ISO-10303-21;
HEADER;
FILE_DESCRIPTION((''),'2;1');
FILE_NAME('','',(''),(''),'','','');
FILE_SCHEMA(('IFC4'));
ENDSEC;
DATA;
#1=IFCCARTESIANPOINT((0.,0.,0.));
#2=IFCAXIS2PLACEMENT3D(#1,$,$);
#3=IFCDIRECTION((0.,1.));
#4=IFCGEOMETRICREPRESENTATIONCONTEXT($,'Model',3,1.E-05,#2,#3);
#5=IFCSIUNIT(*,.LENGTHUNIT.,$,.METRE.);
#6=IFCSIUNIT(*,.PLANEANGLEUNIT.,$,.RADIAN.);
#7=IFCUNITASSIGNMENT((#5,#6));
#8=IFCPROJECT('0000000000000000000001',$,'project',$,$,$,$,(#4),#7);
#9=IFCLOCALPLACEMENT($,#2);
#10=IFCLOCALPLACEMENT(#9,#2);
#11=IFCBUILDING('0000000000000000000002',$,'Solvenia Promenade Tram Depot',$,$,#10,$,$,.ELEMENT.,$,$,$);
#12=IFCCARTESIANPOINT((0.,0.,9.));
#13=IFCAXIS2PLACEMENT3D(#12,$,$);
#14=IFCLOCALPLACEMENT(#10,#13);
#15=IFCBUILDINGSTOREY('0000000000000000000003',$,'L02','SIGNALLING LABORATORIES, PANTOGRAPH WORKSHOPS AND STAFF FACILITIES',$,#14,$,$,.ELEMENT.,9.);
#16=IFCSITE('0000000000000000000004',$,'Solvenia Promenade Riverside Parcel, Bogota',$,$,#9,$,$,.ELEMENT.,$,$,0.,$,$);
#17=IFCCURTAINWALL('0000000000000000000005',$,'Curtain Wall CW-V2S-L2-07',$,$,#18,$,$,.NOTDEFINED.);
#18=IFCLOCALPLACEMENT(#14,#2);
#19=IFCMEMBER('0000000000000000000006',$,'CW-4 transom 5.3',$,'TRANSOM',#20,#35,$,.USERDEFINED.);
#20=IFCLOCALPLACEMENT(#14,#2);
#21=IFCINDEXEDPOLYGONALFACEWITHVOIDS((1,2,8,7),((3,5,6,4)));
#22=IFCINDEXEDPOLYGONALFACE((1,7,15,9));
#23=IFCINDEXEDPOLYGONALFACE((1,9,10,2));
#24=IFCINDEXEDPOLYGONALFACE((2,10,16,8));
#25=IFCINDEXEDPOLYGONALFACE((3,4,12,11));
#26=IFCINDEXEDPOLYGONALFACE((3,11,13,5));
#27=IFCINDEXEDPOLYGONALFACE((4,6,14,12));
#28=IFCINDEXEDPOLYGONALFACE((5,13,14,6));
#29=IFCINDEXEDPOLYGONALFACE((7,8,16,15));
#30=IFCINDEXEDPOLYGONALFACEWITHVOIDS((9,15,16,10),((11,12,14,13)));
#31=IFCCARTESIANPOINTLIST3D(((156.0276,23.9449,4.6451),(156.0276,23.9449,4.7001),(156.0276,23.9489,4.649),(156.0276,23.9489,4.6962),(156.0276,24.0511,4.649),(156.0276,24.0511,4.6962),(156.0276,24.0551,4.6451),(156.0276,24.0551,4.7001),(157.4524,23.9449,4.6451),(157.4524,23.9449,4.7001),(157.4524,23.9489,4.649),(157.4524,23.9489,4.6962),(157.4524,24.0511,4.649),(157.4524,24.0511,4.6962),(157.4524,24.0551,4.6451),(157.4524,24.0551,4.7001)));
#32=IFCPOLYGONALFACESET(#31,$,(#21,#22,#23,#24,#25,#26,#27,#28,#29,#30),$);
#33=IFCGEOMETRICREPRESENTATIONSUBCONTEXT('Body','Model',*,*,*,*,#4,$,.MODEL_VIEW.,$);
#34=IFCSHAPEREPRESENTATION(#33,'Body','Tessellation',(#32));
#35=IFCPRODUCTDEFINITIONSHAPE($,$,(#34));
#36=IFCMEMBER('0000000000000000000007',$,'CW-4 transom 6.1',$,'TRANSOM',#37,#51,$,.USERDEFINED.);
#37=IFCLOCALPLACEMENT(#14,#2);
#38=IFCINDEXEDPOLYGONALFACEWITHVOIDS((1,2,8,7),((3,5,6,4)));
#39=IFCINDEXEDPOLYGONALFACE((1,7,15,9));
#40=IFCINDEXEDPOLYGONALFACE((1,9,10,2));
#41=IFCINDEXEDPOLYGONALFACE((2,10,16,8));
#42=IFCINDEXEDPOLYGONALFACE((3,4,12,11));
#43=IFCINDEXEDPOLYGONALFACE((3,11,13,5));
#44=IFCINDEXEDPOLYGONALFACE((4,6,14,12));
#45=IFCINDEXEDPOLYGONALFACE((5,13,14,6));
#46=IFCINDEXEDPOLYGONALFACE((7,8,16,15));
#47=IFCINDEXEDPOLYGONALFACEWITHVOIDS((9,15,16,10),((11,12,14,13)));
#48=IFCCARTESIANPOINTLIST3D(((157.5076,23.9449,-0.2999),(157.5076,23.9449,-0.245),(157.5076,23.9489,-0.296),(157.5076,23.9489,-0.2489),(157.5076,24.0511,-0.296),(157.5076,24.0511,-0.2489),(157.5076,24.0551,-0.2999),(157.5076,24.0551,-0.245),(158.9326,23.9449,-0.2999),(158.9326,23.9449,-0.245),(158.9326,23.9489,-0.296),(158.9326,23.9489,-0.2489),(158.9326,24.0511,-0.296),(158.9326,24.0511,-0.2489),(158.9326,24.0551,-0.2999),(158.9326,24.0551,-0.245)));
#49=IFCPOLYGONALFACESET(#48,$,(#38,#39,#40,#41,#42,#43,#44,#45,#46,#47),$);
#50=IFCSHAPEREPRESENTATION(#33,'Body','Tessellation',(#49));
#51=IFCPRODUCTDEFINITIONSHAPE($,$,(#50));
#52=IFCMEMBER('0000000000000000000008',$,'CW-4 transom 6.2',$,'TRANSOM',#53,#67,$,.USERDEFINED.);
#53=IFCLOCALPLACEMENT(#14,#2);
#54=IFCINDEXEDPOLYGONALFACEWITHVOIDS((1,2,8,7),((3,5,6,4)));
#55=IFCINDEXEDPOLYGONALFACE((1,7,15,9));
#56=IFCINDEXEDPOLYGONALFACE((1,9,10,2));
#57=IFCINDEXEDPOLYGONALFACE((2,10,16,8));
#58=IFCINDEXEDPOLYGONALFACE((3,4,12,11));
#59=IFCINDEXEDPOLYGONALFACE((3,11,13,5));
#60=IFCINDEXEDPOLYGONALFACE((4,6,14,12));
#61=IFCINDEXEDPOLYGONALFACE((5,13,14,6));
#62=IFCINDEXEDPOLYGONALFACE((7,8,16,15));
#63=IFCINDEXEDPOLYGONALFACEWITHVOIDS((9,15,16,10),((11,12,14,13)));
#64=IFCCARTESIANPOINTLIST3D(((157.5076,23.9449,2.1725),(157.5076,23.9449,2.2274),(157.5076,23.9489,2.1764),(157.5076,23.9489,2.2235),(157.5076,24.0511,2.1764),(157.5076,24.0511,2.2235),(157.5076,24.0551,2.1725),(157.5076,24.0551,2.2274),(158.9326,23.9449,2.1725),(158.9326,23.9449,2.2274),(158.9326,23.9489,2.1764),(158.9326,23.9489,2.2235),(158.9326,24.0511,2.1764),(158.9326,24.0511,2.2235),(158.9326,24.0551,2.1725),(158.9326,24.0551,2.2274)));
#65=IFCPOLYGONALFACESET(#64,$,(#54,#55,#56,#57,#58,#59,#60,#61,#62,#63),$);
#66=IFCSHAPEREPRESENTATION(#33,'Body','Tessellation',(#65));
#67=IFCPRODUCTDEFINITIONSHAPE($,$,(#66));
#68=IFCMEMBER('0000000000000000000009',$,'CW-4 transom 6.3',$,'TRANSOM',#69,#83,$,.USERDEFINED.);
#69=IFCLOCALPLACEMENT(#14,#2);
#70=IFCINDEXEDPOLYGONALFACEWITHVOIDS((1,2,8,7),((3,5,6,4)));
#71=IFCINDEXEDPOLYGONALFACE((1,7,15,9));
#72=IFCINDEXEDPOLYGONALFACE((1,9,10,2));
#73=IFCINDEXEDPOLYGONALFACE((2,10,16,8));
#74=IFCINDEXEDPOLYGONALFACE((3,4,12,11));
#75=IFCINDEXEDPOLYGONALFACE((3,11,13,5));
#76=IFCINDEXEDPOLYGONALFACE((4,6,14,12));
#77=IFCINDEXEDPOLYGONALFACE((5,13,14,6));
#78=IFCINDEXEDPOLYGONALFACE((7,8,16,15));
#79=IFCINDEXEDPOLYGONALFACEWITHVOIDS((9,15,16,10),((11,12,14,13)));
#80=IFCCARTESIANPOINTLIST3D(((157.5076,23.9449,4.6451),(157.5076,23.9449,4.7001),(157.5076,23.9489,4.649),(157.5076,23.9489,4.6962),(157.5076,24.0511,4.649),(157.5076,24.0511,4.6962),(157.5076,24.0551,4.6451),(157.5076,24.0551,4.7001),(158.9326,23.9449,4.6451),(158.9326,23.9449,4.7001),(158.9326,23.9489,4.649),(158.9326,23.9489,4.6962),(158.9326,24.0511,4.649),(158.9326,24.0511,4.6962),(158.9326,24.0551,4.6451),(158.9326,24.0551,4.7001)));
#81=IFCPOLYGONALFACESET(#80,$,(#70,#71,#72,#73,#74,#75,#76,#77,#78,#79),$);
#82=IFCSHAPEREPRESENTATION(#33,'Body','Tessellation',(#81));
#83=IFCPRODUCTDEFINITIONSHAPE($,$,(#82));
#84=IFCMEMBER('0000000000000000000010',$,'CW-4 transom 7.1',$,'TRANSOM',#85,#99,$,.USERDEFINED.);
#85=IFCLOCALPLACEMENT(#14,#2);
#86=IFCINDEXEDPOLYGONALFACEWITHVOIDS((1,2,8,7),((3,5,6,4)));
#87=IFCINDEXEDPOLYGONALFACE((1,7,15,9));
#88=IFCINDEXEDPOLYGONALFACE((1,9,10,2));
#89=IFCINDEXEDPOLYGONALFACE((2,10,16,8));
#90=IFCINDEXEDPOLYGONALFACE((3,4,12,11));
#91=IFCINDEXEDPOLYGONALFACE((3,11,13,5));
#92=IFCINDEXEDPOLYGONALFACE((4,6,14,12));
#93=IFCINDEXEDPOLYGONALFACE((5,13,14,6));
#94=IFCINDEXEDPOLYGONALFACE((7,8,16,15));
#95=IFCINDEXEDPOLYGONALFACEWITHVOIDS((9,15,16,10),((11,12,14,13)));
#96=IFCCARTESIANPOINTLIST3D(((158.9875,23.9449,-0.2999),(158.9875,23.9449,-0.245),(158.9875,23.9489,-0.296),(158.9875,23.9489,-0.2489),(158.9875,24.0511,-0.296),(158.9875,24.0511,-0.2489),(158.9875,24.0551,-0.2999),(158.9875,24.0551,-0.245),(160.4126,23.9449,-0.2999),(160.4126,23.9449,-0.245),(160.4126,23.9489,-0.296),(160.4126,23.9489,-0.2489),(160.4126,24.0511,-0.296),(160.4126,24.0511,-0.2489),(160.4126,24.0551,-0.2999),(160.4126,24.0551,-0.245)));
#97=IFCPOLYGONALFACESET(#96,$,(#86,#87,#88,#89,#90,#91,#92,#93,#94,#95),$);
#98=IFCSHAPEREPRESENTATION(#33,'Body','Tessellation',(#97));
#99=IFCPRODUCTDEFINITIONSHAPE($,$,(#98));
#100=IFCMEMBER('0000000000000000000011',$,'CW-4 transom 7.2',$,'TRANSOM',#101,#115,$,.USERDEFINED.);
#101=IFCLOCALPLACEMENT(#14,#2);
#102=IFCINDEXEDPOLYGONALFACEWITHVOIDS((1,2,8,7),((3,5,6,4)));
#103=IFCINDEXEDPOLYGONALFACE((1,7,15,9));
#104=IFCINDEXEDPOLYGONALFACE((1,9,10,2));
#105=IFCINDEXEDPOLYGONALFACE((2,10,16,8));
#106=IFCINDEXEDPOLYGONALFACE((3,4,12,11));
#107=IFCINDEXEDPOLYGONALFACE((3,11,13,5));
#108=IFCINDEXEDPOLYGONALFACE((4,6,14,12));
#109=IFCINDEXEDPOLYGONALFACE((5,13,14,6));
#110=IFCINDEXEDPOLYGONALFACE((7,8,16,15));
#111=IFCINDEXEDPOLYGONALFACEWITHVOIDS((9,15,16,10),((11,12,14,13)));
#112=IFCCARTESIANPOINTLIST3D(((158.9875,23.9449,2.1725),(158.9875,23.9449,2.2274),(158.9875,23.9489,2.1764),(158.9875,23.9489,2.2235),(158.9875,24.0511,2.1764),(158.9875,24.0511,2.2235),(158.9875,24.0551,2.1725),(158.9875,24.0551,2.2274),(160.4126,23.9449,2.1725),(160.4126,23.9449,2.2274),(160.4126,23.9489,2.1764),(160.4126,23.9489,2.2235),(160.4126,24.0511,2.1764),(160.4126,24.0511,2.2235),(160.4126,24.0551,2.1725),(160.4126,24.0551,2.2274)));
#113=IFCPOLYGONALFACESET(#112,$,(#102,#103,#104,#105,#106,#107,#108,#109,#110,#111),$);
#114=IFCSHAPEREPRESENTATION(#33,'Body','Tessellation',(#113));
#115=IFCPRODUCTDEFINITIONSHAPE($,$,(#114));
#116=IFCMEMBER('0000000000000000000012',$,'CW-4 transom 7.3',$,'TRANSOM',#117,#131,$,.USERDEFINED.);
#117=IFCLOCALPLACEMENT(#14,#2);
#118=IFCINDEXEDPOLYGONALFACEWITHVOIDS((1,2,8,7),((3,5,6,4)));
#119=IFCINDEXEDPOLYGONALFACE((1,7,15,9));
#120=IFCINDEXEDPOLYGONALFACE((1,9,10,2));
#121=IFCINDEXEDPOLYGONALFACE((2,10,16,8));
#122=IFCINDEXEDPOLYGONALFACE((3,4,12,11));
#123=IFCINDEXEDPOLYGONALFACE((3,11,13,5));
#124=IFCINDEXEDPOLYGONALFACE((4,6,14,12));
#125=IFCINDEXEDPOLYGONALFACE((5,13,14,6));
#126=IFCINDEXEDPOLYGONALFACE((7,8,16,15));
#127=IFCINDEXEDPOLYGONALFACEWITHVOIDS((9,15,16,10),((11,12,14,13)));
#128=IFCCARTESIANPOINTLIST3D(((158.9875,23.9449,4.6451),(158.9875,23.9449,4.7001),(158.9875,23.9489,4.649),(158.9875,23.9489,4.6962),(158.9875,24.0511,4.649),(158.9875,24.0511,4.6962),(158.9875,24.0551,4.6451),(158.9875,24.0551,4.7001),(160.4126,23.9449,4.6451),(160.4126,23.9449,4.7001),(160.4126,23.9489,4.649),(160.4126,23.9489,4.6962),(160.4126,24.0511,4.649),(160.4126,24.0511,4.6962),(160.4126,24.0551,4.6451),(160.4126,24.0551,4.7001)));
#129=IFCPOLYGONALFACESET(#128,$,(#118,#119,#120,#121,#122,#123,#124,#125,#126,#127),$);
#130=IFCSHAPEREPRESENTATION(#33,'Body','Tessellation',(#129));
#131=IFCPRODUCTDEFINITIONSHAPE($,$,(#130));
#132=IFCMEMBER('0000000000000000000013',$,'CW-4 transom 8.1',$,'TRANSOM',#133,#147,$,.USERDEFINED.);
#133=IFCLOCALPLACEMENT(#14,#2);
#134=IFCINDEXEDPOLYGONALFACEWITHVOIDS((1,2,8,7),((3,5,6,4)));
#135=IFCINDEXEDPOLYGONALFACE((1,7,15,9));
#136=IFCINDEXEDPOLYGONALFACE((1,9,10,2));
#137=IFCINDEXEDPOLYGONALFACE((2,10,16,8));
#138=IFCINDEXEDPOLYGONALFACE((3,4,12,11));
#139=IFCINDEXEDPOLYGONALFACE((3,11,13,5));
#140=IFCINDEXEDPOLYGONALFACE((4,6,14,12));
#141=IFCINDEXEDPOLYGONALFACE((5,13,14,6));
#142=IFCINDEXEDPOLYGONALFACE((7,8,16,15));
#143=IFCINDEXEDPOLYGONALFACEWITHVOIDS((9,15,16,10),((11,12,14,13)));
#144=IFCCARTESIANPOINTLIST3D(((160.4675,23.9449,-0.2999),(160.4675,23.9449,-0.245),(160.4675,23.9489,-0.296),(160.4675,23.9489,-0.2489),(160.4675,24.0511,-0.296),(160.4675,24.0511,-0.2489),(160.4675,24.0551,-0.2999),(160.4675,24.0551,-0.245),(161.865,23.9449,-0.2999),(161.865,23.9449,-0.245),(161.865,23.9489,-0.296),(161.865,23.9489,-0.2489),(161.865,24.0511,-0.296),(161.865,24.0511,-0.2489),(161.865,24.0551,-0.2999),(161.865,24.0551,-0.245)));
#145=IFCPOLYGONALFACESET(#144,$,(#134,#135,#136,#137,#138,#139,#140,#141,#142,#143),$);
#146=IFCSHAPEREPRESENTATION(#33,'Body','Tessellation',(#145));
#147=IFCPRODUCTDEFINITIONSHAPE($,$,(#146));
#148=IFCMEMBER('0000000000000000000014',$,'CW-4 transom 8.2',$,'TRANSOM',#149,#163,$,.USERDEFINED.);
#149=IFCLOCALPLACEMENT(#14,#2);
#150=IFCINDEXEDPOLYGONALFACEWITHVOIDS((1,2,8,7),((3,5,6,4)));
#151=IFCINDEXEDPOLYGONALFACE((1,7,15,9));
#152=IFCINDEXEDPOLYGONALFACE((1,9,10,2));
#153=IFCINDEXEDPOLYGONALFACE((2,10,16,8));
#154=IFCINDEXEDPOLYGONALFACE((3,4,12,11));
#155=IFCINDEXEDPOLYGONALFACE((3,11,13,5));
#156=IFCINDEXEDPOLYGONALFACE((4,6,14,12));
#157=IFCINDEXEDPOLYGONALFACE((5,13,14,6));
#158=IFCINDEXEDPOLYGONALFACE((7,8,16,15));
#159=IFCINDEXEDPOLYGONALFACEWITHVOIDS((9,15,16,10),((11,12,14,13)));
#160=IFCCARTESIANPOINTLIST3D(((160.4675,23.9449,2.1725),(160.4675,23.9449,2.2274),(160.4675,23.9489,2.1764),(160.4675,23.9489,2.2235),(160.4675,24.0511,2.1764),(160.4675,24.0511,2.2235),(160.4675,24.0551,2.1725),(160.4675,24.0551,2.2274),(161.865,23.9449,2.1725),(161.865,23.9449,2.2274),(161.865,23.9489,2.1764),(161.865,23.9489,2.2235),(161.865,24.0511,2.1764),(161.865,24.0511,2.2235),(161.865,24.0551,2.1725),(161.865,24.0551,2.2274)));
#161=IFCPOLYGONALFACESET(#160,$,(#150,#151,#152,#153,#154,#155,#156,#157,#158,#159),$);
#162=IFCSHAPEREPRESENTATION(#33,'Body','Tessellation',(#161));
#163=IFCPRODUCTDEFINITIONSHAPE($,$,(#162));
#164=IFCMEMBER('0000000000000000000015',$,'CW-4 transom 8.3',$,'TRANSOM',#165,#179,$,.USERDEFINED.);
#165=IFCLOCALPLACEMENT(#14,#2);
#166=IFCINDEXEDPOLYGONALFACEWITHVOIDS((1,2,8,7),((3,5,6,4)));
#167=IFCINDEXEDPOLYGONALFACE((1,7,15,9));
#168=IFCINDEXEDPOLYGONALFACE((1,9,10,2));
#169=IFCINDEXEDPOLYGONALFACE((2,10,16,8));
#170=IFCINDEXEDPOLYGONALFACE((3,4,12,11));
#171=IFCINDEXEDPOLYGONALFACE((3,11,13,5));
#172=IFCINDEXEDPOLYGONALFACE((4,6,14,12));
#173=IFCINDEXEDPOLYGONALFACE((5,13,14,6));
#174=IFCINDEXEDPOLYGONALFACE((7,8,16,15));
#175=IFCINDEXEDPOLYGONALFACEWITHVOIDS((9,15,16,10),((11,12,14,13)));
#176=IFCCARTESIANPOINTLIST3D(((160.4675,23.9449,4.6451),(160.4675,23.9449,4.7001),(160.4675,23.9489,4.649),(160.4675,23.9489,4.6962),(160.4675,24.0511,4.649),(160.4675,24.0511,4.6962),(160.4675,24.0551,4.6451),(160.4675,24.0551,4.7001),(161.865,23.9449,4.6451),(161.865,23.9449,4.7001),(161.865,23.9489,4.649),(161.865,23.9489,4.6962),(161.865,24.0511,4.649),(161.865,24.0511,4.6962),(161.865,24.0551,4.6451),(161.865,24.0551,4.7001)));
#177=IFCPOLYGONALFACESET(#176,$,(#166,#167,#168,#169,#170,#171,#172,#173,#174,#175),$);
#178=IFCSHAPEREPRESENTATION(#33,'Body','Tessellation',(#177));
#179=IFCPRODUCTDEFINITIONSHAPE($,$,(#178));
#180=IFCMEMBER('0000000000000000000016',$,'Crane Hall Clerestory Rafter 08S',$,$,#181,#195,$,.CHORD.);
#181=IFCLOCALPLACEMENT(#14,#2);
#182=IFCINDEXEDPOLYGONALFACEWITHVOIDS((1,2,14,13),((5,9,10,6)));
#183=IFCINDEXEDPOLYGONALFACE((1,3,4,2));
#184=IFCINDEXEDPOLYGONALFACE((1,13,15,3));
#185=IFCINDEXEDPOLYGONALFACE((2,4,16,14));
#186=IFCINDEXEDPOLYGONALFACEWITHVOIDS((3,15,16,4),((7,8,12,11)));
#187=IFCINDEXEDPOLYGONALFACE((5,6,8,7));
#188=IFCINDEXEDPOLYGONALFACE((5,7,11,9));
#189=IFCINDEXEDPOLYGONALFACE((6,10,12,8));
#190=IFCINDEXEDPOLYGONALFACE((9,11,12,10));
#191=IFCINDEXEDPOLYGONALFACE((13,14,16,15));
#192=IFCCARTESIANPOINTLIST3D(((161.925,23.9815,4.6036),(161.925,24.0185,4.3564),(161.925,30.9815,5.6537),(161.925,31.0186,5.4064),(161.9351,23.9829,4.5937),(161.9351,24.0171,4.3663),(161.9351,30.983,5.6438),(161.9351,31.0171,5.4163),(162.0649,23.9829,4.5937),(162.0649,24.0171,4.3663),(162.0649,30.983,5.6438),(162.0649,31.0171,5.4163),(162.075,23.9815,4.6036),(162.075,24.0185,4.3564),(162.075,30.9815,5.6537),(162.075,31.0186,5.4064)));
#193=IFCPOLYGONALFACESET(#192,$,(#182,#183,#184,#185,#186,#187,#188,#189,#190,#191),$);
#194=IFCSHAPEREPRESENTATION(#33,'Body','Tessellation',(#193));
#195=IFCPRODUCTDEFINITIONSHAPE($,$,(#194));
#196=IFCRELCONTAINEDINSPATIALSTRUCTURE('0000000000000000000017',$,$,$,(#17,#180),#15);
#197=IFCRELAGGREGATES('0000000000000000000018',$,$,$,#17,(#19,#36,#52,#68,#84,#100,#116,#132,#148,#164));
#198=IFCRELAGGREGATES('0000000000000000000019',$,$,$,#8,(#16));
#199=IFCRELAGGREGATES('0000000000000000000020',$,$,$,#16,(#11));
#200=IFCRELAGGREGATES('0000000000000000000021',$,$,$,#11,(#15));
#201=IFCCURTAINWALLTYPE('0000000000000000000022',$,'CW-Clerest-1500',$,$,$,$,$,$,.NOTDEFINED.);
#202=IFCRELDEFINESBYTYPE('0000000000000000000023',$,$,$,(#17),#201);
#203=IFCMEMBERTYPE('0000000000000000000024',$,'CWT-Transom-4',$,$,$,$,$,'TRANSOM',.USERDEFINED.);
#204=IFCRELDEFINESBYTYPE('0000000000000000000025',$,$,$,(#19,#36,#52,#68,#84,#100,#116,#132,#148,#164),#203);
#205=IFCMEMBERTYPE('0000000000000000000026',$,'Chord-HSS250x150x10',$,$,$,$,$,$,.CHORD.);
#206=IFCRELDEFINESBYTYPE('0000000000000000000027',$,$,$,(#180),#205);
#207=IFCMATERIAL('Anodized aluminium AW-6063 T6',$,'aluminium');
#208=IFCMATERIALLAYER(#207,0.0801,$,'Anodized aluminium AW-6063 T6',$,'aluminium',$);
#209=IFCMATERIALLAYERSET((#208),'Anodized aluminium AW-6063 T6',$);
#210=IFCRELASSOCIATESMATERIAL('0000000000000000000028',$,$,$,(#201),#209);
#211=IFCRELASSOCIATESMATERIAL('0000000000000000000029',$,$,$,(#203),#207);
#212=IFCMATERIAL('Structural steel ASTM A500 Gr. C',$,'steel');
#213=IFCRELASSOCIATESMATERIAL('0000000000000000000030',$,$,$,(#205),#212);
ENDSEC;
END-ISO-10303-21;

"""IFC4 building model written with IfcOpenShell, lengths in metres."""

from ifc_helpers import new_model, si_unit, direction, frame, origin, origin_2d, place, context, subcontext, project, spatial, hollow_rectangle, extrude, material, layer, layer_set, material_profile, profile_set, type_object, element, aggregate, save


model = new_model("IFC4")

# Units and contexts
model_context = context("Model", 3, precision=1e-05, world=origin(), true_north=direction((0.0, 1.0)))
body_context = subcontext(model_context, "Body", "Model", "MODEL_VIEW")
ifc_project = project(units=[si_unit("LENGTHUNIT", "METRE"), si_unit("PLANEANGLEUNIT", "RADIAN")], contexts=[model_context])

# Site, building, storey
site_placement = place(None, origin())
site = spatial("IfcSite", under=ifc_project, at=site_placement, Name="Solvenia Promenade Riverside Parcel, Bogota", CompositionType="ELEMENT", RefElevation=0.0)
building_placement = place(site_placement, origin())
building = spatial("IfcBuilding", under=site, at=building_placement, Name="Solvenia Promenade Tram Depot", CompositionType="ELEMENT")
storey_placement = place(building_placement, frame((0.0, 0.0, 9.0)))
storey = spatial("IfcBuildingStorey", under=building, at=storey_placement, Name="L02", Description="SIGNALLING LABORATORIES, PANTOGRAPH WORKSHOPS AND STAFF FACILITIES", CompositionType="ELEMENT", Elevation=9.0)

# Curtain wall
ifc_material_1 = material(Name="Anodized aluminium AW-6063 T6", Category="aluminium")
ifc_layer_1 = layer(ifc_material_1, 0.0801, Name="Anodized aluminium AW-6063 T6", Category="aluminium")
ifc_layer_set_1 = layer_set([ifc_layer_1], Name="Anodized aluminium AW-6063 T6")
curtain_wall_type = type_object("IfcCurtainWallType", Name="CW-Clerest-1500", PredefinedType="NOTDEFINED", material=ifc_layer_set_1)
curtain_wall_1_placement = place(storey_placement, origin())
curtain_wall_1 = element("IfcCurtainWall", 1, at=curtain_wall_1_placement, inside=storey, type_object=curtain_wall_type, Name="Curtain Wall CW-V2S-L2-07", PredefinedType="NOTDEFINED")

# Members
ifc_material_profile_1 = material_profile(ifc_material_1, hollow_rectangle(XDim=0.1101, YDim=0.0549, WallThickness=0.0039, at=origin_2d()), Name="ALU-T4", Category="aluminium")
ifc_profile_set_1 = profile_set([ifc_material_profile_1], Name="Anodized aluminium AW-6063 T6")
member_type_1 = type_object("IfcMemberType", Name="CWT-Transom-4", ElementType="TRANSOM", PredefinedType="USERDEFINED", material=ifc_profile_set_1)
member_1_placement = place(storey_placement, frame((156.0276, 24.0, 4.6726), z_axis=(1.0, 0.0, 0.0), x_axis=(0.0, 1.0, 0.0)))
member_1 = element("IfcMember", 2, at=member_1_placement, type_object=member_type_1, Name="CW-4 transom 5.3", ObjectType="TRANSOM", PredefinedType="USERDEFINED", context=body_context, shape_type="SweptSolid", body=[
    extrude(hollow_rectangle(XDim=0.1101, YDim=0.0549, WallThickness=0.0039, at=origin_2d()), origin(), (0.0, 0.0, 1.0), 1.4248),
])
member_2_placement = place(storey_placement, frame((157.5076, 24.0, -0.2725), z_axis=(1.0, 0.0, 0.0), x_axis=(0.0, 1.0, 0.0)))
member_2 = element("IfcMember", 3, at=member_2_placement, type_object=member_type_1, Name="CW-4 transom 6.1", ObjectType="TRANSOM", PredefinedType="USERDEFINED", context=body_context, shape_type="SweptSolid", body=[
    extrude(hollow_rectangle(XDim=0.1101, YDim=0.0549, WallThickness=0.0039, at=origin_2d()), origin(), (0.0, 0.0, 1.0), 1.425),
])
member_3_placement = place(storey_placement, frame((157.5076, 24.0, 2.2), z_axis=(1.0, 0.0, 0.0), x_axis=(0.0, 1.0, 0.0)))
member_3 = element("IfcMember", 4, at=member_3_placement, type_object=member_type_1, Name="CW-4 transom 6.2", ObjectType="TRANSOM", PredefinedType="USERDEFINED", context=body_context, shape_type="SweptSolid", body=[
    extrude(hollow_rectangle(XDim=0.1101, YDim=0.0549, WallThickness=0.0039, at=origin_2d()), origin(), (0.0, 0.0, 1.0), 1.425),
])
member_4_placement = place(storey_placement, frame((157.5076, 24.0, 4.6726), z_axis=(1.0, 0.0, 0.0), x_axis=(0.0, 1.0, 0.0)))
member_4 = element("IfcMember", 5, at=member_4_placement, type_object=member_type_1, Name="CW-4 transom 6.3", ObjectType="TRANSOM", PredefinedType="USERDEFINED", context=body_context, shape_type="SweptSolid", body=[
    extrude(hollow_rectangle(XDim=0.1101, YDim=0.0549, WallThickness=0.0039, at=origin_2d()), origin(), (0.0, 0.0, 1.0), 1.425),
])
member_5_placement = place(storey_placement, frame((158.9875, 24.0, -0.2725), z_axis=(1.0, 0.0, 0.0), x_axis=(0.0, 1.0, 0.0)))
member_5 = element("IfcMember", 6, at=member_5_placement, type_object=member_type_1, Name="CW-4 transom 7.1", ObjectType="TRANSOM", PredefinedType="USERDEFINED", context=body_context, shape_type="SweptSolid", body=[
    extrude(hollow_rectangle(XDim=0.1101, YDim=0.0549, WallThickness=0.0039, at=origin_2d()), origin(), (0.0, 0.0, 1.0), 1.425),
])
member_6_placement = place(storey_placement, frame((158.9875, 24.0, 2.2), z_axis=(1.0, 0.0, 0.0), x_axis=(0.0, 1.0, 0.0)))
member_6 = element("IfcMember", 7, at=member_6_placement, type_object=member_type_1, Name="CW-4 transom 7.2", ObjectType="TRANSOM", PredefinedType="USERDEFINED", context=body_context, shape_type="SweptSolid", body=[
    extrude(hollow_rectangle(XDim=0.1101, YDim=0.0549, WallThickness=0.0039, at=origin_2d()), origin(), (0.0, 0.0, 1.0), 1.425),
])
member_7_placement = place(storey_placement, frame((158.9875, 24.0, 4.6726), z_axis=(1.0, 0.0, 0.0), x_axis=(0.0, 1.0, 0.0)))
member_7 = element("IfcMember", 8, at=member_7_placement, type_object=member_type_1, Name="CW-4 transom 7.3", ObjectType="TRANSOM", PredefinedType="USERDEFINED", context=body_context, shape_type="SweptSolid", body=[
    extrude(hollow_rectangle(XDim=0.1101, YDim=0.0549, WallThickness=0.0039, at=origin_2d()), origin(), (0.0, 0.0, 1.0), 1.425),
])
member_8_placement = place(storey_placement, frame((160.4675, 24.0, -0.2725), z_axis=(1.0, 0.0, 0.0), x_axis=(0.0, 1.0, 0.0)))
member_8 = element("IfcMember", 9, at=member_8_placement, type_object=member_type_1, Name="CW-4 transom 8.1", ObjectType="TRANSOM", PredefinedType="USERDEFINED", context=body_context, shape_type="SweptSolid", body=[
    extrude(hollow_rectangle(XDim=0.1101, YDim=0.0549, WallThickness=0.0039, at=origin_2d()), origin(), (0.0, 0.0, 1.0), 1.3975),
])
member_9_placement = place(storey_placement, frame((160.4675, 24.0, 2.2), z_axis=(1.0, 0.0, 0.0), x_axis=(0.0, 1.0, 0.0)))
member_9 = element("IfcMember", 10, at=member_9_placement, type_object=member_type_1, Name="CW-4 transom 8.2", ObjectType="TRANSOM", PredefinedType="USERDEFINED", context=body_context, shape_type="SweptSolid", body=[
    extrude(hollow_rectangle(XDim=0.1101, YDim=0.0549, WallThickness=0.0039, at=origin_2d()), origin(), (0.0, 0.0, 1.0), 1.3975),
])
member_10_placement = place(storey_placement, frame((160.4675, 24.0, 4.6726), z_axis=(1.0, 0.0, 0.0), x_axis=(0.0, 1.0, 0.0)))
member_10 = element("IfcMember", 11, at=member_10_placement, type_object=member_type_1, Name="CW-4 transom 8.3", ObjectType="TRANSOM", PredefinedType="USERDEFINED", context=body_context, shape_type="SweptSolid", body=[
    extrude(hollow_rectangle(XDim=0.1101, YDim=0.0549, WallThickness=0.0039, at=origin_2d()), origin(), (0.0, 0.0, 1.0), 1.3975),
])

# Member
ifc_material_2 = material(Name="Structural steel ASTM A500 Gr. C", Category="steel")
ifc_material_profile_2 = material_profile(ifc_material_2, hollow_rectangle(XDim=0.1499, YDim=0.25, WallThickness=0.01, at=origin_2d()), Name="HSS250x150x10", Category="steel")
ifc_profile_set_2 = profile_set([ifc_material_profile_2], Name="Structural steel ASTM A500 Gr. C")
member_type_2 = type_object("IfcMemberType", Name="Chord-HSS250x150x10", PredefinedType="CHORD", material=ifc_profile_set_2)
member_11_placement = place(storey_placement, frame((162.0, 24.0, 4.48), z_axis=(0.0, 0.988935, 0.148347), x_axis=(-1.0, 0.0, 0.0)))
element("IfcMember", 12, at=member_11_placement, inside=storey, type_object=member_type_2, Name="Crane Hall Clerestory Rafter 08S", PredefinedType="CHORD", context=body_context, shape_type="SweptSolid", body=[
    extrude(hollow_rectangle(XDim=0.1499, YDim=0.25, WallThickness=0.01, at=origin_2d()), origin(), (0.0, 0.0, 1.0), 7.0784),
])

aggregate(curtain_wall_1, [member_1, member_2, member_3, member_4, member_5, member_6, member_7, member_8, member_9, member_10])

save(model, "model.ifc")
